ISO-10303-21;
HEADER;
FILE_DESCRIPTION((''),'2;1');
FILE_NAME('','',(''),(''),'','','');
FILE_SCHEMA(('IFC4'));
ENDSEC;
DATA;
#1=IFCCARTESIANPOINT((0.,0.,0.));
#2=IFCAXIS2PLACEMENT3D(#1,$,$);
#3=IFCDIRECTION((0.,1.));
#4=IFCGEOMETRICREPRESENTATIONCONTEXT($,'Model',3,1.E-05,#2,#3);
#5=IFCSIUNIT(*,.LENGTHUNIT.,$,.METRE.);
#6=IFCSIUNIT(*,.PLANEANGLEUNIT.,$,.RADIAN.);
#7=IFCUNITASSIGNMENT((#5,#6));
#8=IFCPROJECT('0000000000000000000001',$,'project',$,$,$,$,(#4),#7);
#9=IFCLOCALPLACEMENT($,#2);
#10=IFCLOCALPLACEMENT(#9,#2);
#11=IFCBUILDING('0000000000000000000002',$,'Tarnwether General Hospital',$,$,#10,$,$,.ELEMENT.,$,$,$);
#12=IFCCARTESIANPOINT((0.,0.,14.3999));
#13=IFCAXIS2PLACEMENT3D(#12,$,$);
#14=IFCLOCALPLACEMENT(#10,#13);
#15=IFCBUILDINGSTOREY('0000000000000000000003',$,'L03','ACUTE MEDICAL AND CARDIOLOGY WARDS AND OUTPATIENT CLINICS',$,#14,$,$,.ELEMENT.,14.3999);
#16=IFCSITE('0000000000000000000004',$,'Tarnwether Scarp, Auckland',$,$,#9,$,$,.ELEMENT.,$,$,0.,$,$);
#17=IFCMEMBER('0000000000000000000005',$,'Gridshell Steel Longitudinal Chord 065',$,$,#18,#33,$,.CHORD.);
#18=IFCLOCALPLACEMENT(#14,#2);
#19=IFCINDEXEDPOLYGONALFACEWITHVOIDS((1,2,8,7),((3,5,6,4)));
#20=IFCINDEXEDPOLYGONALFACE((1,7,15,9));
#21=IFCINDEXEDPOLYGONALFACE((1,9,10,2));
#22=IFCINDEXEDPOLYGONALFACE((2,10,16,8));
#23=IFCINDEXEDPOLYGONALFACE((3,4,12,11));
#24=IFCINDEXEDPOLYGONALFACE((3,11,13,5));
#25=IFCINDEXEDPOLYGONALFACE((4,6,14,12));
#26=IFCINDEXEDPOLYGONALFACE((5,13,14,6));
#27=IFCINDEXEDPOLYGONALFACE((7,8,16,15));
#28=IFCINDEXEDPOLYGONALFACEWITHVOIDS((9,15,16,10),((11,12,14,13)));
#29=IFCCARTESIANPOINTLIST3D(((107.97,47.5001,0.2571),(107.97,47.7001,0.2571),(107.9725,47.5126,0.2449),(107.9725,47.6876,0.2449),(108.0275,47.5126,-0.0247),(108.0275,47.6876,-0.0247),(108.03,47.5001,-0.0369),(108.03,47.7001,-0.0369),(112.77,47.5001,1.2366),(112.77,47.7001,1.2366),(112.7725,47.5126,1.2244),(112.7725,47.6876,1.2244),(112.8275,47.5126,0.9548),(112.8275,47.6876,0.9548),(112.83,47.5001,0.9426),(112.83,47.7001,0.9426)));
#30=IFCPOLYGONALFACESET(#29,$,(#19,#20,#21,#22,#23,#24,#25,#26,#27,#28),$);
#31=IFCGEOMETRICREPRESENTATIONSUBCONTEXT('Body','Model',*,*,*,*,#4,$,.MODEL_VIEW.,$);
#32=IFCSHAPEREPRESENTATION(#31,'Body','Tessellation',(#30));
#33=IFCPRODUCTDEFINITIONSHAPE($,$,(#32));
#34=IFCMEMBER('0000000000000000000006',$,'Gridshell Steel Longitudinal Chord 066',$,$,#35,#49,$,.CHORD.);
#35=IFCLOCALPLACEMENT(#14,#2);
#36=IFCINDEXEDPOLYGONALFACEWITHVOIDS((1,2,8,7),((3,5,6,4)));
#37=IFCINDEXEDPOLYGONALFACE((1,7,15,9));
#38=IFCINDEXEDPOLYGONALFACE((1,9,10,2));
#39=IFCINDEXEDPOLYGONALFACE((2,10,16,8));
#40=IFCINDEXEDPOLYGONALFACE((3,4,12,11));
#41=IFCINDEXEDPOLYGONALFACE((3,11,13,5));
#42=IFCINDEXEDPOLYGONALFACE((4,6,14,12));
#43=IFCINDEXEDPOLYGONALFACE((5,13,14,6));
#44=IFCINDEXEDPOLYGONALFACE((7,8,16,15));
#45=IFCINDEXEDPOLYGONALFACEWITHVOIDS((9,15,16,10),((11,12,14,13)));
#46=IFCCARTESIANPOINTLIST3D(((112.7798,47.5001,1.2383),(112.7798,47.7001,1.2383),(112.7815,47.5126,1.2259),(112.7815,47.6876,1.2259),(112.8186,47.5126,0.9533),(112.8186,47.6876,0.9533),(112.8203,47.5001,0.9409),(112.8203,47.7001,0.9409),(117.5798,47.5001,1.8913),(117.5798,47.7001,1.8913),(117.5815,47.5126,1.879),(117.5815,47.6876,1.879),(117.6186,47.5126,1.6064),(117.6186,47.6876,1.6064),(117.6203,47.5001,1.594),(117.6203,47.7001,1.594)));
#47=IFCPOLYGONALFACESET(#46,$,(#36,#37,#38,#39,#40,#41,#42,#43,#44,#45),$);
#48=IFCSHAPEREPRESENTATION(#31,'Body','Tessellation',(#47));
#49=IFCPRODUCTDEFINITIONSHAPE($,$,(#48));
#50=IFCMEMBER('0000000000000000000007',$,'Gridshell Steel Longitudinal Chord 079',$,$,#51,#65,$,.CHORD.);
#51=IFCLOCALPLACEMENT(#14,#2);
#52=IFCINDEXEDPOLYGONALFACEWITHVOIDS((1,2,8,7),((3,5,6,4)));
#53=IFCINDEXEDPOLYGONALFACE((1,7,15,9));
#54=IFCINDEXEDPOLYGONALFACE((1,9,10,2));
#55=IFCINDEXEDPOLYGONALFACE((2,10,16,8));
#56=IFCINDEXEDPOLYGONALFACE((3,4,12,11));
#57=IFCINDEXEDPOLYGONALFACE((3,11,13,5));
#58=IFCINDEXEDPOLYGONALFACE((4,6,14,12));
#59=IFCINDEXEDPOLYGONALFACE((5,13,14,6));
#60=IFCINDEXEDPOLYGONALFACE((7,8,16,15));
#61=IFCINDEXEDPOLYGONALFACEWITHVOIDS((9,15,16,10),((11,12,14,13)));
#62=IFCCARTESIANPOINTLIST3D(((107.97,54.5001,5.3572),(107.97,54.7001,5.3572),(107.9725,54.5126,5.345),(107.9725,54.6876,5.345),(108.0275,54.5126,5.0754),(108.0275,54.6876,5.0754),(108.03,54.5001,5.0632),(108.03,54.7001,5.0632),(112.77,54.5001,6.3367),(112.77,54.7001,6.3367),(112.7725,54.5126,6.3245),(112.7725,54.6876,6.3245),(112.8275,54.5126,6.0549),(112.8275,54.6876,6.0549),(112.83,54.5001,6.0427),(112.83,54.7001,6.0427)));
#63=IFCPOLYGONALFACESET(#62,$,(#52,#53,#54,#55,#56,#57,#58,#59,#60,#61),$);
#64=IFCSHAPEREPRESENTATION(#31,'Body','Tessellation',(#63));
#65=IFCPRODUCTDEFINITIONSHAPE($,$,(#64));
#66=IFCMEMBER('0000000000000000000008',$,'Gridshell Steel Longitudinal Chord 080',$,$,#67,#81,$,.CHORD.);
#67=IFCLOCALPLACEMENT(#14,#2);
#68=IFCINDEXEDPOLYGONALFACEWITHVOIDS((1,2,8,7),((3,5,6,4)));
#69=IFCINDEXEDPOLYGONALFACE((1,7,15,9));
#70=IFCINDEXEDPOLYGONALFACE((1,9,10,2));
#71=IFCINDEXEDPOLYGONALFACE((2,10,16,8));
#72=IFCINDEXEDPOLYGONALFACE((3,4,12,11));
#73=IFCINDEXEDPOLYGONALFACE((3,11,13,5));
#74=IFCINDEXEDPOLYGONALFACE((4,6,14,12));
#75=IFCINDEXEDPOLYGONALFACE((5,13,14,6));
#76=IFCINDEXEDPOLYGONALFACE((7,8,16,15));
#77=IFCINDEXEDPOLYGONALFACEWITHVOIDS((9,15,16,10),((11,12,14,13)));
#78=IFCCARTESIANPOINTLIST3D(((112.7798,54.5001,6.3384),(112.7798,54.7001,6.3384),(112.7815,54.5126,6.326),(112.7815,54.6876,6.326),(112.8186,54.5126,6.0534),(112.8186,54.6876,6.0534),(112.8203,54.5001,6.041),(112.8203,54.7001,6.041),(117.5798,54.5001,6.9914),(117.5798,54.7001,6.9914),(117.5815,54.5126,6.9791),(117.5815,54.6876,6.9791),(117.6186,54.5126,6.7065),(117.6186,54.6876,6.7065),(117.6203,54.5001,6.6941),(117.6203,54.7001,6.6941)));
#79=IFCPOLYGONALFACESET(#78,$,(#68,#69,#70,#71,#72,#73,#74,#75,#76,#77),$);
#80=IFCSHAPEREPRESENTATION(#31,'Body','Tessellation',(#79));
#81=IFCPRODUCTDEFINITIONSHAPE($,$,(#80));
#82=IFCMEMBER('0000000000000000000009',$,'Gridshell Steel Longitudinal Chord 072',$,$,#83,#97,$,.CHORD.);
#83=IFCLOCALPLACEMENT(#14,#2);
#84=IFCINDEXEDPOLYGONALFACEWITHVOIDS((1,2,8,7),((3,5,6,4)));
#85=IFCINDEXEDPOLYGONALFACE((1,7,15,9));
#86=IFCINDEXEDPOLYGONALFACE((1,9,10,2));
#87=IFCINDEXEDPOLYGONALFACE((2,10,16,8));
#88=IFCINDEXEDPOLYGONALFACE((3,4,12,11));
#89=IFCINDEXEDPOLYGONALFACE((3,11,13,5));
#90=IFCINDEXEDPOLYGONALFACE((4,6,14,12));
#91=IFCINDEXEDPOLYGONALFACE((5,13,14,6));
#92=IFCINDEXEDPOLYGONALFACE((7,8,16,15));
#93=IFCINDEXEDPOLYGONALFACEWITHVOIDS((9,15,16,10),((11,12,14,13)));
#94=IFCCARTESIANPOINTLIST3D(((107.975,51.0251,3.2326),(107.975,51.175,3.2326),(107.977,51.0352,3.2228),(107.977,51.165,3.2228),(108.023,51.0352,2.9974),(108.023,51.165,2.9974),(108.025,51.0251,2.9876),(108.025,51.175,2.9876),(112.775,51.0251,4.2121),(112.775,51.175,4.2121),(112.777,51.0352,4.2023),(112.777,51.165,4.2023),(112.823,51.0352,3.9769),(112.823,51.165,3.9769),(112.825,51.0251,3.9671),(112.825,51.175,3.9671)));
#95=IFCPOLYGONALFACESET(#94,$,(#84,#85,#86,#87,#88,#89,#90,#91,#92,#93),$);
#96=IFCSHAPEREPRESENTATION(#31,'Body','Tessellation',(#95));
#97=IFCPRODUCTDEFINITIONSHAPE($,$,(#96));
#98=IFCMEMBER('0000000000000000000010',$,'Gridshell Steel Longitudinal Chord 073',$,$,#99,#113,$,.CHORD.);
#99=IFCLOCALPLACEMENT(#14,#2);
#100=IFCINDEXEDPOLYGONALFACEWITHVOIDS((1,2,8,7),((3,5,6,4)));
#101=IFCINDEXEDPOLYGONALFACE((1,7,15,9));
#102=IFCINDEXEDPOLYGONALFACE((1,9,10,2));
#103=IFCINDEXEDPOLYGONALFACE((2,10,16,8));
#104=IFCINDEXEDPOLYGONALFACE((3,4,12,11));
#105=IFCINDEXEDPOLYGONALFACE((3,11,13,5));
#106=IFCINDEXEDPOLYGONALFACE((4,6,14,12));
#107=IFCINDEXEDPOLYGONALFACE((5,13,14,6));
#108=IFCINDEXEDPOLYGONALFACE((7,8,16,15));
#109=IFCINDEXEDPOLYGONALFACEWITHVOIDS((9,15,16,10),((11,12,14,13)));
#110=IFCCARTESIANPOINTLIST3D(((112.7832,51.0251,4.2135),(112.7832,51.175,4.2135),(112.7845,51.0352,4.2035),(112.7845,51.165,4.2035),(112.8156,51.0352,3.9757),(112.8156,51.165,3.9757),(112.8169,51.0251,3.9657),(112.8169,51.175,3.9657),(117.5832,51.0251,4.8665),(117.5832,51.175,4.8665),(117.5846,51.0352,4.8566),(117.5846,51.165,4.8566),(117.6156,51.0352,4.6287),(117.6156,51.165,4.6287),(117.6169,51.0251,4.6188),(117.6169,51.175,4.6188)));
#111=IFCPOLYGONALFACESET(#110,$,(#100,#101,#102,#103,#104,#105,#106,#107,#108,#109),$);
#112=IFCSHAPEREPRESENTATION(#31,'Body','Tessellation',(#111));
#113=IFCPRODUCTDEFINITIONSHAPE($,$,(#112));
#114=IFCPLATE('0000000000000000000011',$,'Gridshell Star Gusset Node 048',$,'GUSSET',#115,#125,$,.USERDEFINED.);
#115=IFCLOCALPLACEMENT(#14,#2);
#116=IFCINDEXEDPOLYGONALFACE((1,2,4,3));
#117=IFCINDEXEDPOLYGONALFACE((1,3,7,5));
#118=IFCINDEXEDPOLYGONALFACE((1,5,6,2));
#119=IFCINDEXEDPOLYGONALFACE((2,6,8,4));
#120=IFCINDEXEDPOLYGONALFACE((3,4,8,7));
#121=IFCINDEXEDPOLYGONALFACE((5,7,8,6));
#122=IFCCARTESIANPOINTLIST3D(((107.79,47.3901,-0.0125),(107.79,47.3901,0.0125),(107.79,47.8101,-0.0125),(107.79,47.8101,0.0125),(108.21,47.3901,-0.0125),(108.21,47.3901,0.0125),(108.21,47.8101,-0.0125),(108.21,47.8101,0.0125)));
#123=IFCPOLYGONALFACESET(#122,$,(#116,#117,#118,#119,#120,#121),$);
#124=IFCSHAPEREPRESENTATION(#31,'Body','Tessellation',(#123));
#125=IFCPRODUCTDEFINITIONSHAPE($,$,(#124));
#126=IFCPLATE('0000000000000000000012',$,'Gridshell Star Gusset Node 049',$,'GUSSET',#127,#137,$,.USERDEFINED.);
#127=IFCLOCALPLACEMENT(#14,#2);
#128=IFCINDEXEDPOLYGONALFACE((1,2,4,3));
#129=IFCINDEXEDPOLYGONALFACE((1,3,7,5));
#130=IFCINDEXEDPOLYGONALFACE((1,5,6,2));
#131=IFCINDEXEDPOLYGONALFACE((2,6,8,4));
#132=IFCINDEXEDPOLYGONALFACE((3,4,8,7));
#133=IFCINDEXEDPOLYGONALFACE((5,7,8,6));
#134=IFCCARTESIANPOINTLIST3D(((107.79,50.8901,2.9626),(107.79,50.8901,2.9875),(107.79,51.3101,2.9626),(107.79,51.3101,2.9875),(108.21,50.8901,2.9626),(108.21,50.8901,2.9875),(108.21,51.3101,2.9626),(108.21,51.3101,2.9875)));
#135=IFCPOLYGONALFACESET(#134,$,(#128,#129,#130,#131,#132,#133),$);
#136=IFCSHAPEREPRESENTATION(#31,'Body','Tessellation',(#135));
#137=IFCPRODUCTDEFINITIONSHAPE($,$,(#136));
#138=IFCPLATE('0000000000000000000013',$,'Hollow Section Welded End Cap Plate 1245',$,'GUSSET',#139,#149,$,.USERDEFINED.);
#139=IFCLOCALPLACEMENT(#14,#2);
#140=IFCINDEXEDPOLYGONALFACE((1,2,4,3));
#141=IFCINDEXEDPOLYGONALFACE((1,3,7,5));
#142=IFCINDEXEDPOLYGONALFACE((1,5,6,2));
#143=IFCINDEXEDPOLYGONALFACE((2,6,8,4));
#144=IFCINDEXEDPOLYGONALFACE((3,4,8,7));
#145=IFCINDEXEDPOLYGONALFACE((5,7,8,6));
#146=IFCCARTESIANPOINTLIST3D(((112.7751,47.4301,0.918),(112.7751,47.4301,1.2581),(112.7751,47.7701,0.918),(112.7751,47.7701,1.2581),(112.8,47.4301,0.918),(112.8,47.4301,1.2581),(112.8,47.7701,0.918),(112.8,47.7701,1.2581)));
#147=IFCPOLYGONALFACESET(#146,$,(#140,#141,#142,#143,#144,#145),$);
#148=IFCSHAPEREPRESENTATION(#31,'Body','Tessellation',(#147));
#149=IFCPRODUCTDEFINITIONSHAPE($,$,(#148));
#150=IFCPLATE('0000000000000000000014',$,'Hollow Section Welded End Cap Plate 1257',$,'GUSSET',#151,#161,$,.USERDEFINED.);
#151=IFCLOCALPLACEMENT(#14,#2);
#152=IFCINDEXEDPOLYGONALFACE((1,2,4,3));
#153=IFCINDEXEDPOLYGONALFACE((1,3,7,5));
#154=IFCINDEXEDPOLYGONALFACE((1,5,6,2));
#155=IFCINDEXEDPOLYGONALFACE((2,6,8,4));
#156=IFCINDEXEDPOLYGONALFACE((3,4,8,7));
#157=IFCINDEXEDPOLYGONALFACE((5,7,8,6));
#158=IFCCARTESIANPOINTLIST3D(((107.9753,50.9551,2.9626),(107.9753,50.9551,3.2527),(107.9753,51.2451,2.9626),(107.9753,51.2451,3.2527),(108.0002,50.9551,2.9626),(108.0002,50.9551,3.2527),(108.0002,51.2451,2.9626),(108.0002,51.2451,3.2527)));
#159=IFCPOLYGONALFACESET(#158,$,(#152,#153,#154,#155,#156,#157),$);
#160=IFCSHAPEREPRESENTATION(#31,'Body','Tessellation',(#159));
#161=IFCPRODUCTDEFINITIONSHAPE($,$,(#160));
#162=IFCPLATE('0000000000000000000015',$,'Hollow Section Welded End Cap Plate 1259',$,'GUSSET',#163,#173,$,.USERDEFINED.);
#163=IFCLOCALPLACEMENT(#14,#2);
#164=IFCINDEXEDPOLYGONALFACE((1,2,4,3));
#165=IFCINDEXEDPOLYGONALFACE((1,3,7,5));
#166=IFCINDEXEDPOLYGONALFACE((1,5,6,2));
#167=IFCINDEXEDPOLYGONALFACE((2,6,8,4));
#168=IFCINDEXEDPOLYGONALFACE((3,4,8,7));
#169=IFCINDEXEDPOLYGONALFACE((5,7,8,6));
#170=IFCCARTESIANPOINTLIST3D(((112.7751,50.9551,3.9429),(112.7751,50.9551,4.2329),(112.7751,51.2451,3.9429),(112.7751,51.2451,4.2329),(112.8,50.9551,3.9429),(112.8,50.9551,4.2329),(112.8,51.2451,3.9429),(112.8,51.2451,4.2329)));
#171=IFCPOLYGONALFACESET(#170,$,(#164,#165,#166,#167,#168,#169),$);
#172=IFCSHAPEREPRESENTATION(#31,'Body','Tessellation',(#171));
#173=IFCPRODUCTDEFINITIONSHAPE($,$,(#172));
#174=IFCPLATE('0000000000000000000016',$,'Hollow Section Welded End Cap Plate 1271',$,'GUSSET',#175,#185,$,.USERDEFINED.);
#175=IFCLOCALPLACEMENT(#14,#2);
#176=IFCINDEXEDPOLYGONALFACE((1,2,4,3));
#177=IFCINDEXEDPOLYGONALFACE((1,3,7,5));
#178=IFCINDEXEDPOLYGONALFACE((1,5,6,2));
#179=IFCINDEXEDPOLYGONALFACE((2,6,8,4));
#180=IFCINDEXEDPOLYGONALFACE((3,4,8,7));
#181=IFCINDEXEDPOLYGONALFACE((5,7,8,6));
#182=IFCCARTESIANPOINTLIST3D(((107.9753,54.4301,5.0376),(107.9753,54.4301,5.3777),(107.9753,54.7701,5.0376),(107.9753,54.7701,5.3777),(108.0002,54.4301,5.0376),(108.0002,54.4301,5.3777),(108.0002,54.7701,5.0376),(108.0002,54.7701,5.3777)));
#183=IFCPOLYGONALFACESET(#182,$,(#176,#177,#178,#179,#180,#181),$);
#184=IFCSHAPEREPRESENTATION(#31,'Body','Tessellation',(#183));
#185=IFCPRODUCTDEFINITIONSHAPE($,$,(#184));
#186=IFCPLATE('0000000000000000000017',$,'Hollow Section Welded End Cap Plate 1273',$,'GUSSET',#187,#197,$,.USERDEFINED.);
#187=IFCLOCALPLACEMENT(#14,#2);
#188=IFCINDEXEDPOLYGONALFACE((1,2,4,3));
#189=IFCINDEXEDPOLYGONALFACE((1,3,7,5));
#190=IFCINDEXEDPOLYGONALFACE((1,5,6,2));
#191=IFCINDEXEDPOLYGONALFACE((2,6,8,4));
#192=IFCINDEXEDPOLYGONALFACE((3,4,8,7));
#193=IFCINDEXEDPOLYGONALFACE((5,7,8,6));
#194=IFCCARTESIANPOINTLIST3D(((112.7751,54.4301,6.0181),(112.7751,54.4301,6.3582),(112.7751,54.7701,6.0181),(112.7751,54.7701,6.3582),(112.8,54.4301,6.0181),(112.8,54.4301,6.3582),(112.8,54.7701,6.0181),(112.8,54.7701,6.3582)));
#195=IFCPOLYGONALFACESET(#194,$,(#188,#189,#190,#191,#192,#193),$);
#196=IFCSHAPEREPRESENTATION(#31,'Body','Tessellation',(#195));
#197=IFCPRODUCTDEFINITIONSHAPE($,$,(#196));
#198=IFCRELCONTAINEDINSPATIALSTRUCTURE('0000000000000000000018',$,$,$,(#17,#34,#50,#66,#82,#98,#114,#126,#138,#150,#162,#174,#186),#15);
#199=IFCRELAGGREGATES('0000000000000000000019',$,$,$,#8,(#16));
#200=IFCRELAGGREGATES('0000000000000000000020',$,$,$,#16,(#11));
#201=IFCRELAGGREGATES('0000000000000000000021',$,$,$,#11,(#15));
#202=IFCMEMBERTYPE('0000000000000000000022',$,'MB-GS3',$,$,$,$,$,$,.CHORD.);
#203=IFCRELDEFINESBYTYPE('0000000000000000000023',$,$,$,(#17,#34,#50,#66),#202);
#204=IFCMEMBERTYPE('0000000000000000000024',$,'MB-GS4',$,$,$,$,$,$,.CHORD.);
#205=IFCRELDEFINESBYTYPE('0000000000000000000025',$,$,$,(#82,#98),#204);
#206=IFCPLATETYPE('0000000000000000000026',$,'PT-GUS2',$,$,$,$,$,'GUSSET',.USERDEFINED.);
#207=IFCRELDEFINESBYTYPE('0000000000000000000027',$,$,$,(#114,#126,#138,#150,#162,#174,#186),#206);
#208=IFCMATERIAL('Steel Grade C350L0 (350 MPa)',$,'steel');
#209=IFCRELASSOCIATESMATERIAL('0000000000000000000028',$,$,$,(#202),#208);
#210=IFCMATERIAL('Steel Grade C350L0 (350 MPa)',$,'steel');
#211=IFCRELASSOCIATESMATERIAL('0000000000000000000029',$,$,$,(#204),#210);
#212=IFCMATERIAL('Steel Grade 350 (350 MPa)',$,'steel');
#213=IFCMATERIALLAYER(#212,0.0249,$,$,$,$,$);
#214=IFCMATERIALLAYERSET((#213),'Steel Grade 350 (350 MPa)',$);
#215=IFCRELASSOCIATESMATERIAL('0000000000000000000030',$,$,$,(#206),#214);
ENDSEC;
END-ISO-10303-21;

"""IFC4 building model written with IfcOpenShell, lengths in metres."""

from ifc_helpers import new_model, si_unit, direction, frame, origin, origin_2d, place, context, subcontext, project, spatial, rectangle, hollow_rectangle, extrude, material, layer, layer_set, material_profile, profile_set, type_object, element, save


model = new_model("IFC4")

# Units and contexts
model_context = context("Model", 3, precision=1e-05, world=origin(), true_north=direction((0.0, 1.0)))
body_context = subcontext(model_context, "Body", "Model", "MODEL_VIEW")
ifc_project = project(units=[si_unit("LENGTHUNIT", "METRE"), si_unit("PLANEANGLEUNIT", "RADIAN")], contexts=[model_context])

# Site, building, storey
site_placement = place(None, origin())
site = spatial("IfcSite", under=ifc_project, at=site_placement, Name="Tarnwether Scarp, Auckland", CompositionType="ELEMENT", RefElevation=0.0)
building_placement = place(site_placement, origin())
building = spatial("IfcBuilding", under=site, at=building_placement, Name="Tarnwether General Hospital", CompositionType="ELEMENT")
storey_placement = place(building_placement, frame((0.0, 0.0, 14.3999)))
storey = spatial("IfcBuildingStorey", under=building, at=storey_placement, Name="L03", Description="ACUTE MEDICAL AND CARDIOLOGY WARDS AND OUTPATIENT CLINICS", CompositionType="ELEMENT", Elevation=14.3999)

# Members
ifc_material_1 = material(Name="Steel Grade C350L0 (350 MPa)", Category="steel")
ifc_material_profile_1 = material_profile(ifc_material_1, hollow_rectangle(XDim=0.2, YDim=0.3, WallThickness=0.0125, at=origin_2d()), Name="RHS300x200x12.5")
ifc_profile_set_1 = profile_set([ifc_material_profile_1], Name="Steel Grade C350L0 (350 MPa)")
member_type_1 = type_object("IfcMemberType", Name="MB-GS3", PredefinedType="CHORD", material=ifc_profile_set_1)
member_1_placement = place(storey_placement, frame((108.0, 47.6001, 0.1101), z_axis=(0.979808, 0.0, 0.199939), x_axis=(0.0, 1.0, 0.0)))
element("IfcMember", 1, at=member_1_placement, inside=storey, type_object=member_type_1, Name="Gridshell Steel Longitudinal Chord 065", PredefinedType="CHORD", context=body_context, shape_type="SweptSolid", body=[
    extrude(hollow_rectangle(XDim=0.2, YDim=0.3, WallThickness=0.0125, at=origin_2d()), origin(), (0.0, 0.0, 1.0), 4.8989),
])
member_2_placement = place(storey_placement, frame((112.8, 47.6001, 1.0896), z_axis=(0.990871, 0.0, 0.134814), x_axis=(0.0, 1.0, 0.0)))
element("IfcMember", 2, at=member_2_placement, inside=storey, type_object=member_type_1, Name="Gridshell Steel Longitudinal Chord 066", PredefinedType="CHORD", context=body_context, shape_type="SweptSolid", body=[
    extrude(hollow_rectangle(XDim=0.2, YDim=0.3, WallThickness=0.0125, at=origin_2d()), origin(), (0.0, 0.0, 1.0), 4.8442),
])
member_3_placement = place(storey_placement, frame((108.0, 54.6001, 5.2102), z_axis=(0.979808, 0.0, 0.199939), x_axis=(0.0, 1.0, 0.0)))
element("IfcMember", 3, at=member_3_placement, inside=storey, type_object=member_type_1, Name="Gridshell Steel Longitudinal Chord 079", PredefinedType="CHORD", context=body_context, shape_type="SweptSolid", body=[
    extrude(hollow_rectangle(XDim=0.2, YDim=0.3, WallThickness=0.0125, at=origin_2d()), origin(), (0.0, 0.0, 1.0), 4.8989),
])
member_4_placement = place(storey_placement, frame((112.8, 54.6001, 6.1897), z_axis=(0.990871, 0.0, 0.134814), x_axis=(0.0, 1.0, 0.0)))
element("IfcMember", 4, at=member_4_placement, inside=storey, type_object=member_type_1, Name="Gridshell Steel Longitudinal Chord 080", PredefinedType="CHORD", context=body_context, shape_type="SweptSolid", body=[
    extrude(hollow_rectangle(XDim=0.2, YDim=0.3, WallThickness=0.0125, at=origin_2d()), origin(), (0.0, 0.0, 1.0), 4.8442),
])
ifc_material_2 = material(Name="Steel Grade C350L0 (350 MPa)", Category="steel")
ifc_material_profile_2 = material_profile(ifc_material_2, hollow_rectangle(XDim=0.1499, YDim=0.25, WallThickness=0.01, at=origin_2d()), Name="RHS250x150x10")
ifc_profile_set_2 = profile_set([ifc_material_profile_2], Name="Steel Grade C350L0 (350 MPa)")
member_type_2 = type_object("IfcMemberType", Name="MB-GS4", PredefinedType="CHORD", material=ifc_profile_set_2)
member_5_placement = place(storey_placement, frame((108.0, 51.1001, 3.1101), z_axis=(0.979808, 0.0, 0.199939), x_axis=(0.0, 1.0, 0.0)))
element("IfcMember", 5, at=member_5_placement, inside=storey, type_object=member_type_2, Name="Gridshell Steel Longitudinal Chord 072", PredefinedType="CHORD", context=body_context, shape_type="SweptSolid", body=[
    extrude(hollow_rectangle(XDim=0.1499, YDim=0.25, WallThickness=0.01, at=origin_2d()), origin(), (0.0, 0.0, 1.0), 4.8989),
])
member_6_placement = place(storey_placement, frame((112.8, 51.1001, 4.0896), z_axis=(0.990871, 0.0, 0.134814), x_axis=(0.0, 1.0, 0.0)))
element("IfcMember", 6, at=member_6_placement, inside=storey, type_object=member_type_2, Name="Gridshell Steel Longitudinal Chord 073", PredefinedType="CHORD", context=body_context, shape_type="SweptSolid", body=[
    extrude(hollow_rectangle(XDim=0.1499, YDim=0.25, WallThickness=0.01, at=origin_2d()), origin(), (0.0, 0.0, 1.0), 4.8442),
])

# Plates
ifc_material_3 = material(Name="Steel Grade 350 (350 MPa)", Category="steel")
ifc_layer_1 = layer(ifc_material_3, 0.0249)
ifc_layer_set_1 = layer_set([ifc_layer_1], Name="Steel Grade 350 (350 MPa)")
plate_type = type_object("IfcPlateType", Name="PT-GUS2", ElementType="GUSSET", PredefinedType="USERDEFINED", material=ifc_layer_set_1)
for number, where, z_axis, x_axis, name in (
    (7, (108.0, 47.6001, -0.0125), (0.0, 0.0, 1.0), (1.0, 0.0, 0.0), "Gridshell Star Gusset Node 048"),
    (8, (108.0, 51.1001, 2.9626), (0.0, 0.0, 1.0), (1.0, 0.0, 0.0), "Gridshell Star Gusset Node 049"),
):
    element("IfcPlate", number, at=place(storey_placement, frame(where, z_axis=z_axis, x_axis=x_axis)), inside=storey, type_object=plate_type, Name=name, ObjectType="GUSSET", PredefinedType="USERDEFINED", context=body_context, shape_type="SweptSolid", body=[
        extrude(rectangle(XDim=0.4199, YDim=0.4199, at=origin_2d()), origin(), (0.0, 0.0, 1.0), 0.0249),
    ])
plate_placement = place(storey_placement, frame((112.7876, 47.6001, 0.918), z_axis=(0.0, 0.0, 1.0), x_axis=(1.0, 0.0, 0.0)))
element("IfcPlate", 9, at=plate_placement, inside=storey, type_object=plate_type, Name="Hollow Section Welded End Cap Plate 1245", ObjectType="GUSSET", PredefinedType="USERDEFINED", context=body_context, shape_type="SweptSolid", body=[
    extrude(rectangle(XDim=0.0249, YDim=0.3401, at=origin_2d()), origin(), (0.0, 0.0, 1.0), 0.3401),
])
for number, where, z_axis, x_axis, name in (
    (10, (107.9878, 51.1001, 2.9626), (0.0, 0.0, 1.0), (1.0, 0.0, 0.0), "Hollow Section Welded End Cap Plate 1257"),
    (11, (112.7876, 51.1001, 3.9429), (0.0, 0.0, 1.0), (1.0, 0.0, 0.0), "Hollow Section Welded End Cap Plate 1259"),
):
    element("IfcPlate", number, at=place(storey_placement, frame(where, z_axis=z_axis, x_axis=x_axis)), inside=storey, type_object=plate_type, Name=name, ObjectType="GUSSET", PredefinedType="USERDEFINED", context=body_context, shape_type="SweptSolid", body=[
        extrude(rectangle(XDim=0.0249, YDim=0.29, at=origin_2d()), origin(), (0.0, 0.0, 1.0), 0.29),
    ])
for number, where, z_axis, x_axis, name in (
    (12, (107.9878, 54.6001, 5.0376), (0.0, 0.0, 1.0), (1.0, 0.0, 0.0), "Hollow Section Welded End Cap Plate 1271"),
    (13, (112.7876, 54.6001, 6.0181), (0.0, 0.0, 1.0), (1.0, 0.0, 0.0), "Hollow Section Welded End Cap Plate 1273"),
):
    element("IfcPlate", number, at=place(storey_placement, frame(where, z_axis=z_axis, x_axis=x_axis)), inside=storey, type_object=plate_type, Name=name, ObjectType="GUSSET", PredefinedType="USERDEFINED", context=body_context, shape_type="SweptSolid", body=[
        extrude(rectangle(XDim=0.0249, YDim=0.3401, at=origin_2d()), origin(), (0.0, 0.0, 1.0), 0.3401),
    ])

save(model, "model.ifc")
